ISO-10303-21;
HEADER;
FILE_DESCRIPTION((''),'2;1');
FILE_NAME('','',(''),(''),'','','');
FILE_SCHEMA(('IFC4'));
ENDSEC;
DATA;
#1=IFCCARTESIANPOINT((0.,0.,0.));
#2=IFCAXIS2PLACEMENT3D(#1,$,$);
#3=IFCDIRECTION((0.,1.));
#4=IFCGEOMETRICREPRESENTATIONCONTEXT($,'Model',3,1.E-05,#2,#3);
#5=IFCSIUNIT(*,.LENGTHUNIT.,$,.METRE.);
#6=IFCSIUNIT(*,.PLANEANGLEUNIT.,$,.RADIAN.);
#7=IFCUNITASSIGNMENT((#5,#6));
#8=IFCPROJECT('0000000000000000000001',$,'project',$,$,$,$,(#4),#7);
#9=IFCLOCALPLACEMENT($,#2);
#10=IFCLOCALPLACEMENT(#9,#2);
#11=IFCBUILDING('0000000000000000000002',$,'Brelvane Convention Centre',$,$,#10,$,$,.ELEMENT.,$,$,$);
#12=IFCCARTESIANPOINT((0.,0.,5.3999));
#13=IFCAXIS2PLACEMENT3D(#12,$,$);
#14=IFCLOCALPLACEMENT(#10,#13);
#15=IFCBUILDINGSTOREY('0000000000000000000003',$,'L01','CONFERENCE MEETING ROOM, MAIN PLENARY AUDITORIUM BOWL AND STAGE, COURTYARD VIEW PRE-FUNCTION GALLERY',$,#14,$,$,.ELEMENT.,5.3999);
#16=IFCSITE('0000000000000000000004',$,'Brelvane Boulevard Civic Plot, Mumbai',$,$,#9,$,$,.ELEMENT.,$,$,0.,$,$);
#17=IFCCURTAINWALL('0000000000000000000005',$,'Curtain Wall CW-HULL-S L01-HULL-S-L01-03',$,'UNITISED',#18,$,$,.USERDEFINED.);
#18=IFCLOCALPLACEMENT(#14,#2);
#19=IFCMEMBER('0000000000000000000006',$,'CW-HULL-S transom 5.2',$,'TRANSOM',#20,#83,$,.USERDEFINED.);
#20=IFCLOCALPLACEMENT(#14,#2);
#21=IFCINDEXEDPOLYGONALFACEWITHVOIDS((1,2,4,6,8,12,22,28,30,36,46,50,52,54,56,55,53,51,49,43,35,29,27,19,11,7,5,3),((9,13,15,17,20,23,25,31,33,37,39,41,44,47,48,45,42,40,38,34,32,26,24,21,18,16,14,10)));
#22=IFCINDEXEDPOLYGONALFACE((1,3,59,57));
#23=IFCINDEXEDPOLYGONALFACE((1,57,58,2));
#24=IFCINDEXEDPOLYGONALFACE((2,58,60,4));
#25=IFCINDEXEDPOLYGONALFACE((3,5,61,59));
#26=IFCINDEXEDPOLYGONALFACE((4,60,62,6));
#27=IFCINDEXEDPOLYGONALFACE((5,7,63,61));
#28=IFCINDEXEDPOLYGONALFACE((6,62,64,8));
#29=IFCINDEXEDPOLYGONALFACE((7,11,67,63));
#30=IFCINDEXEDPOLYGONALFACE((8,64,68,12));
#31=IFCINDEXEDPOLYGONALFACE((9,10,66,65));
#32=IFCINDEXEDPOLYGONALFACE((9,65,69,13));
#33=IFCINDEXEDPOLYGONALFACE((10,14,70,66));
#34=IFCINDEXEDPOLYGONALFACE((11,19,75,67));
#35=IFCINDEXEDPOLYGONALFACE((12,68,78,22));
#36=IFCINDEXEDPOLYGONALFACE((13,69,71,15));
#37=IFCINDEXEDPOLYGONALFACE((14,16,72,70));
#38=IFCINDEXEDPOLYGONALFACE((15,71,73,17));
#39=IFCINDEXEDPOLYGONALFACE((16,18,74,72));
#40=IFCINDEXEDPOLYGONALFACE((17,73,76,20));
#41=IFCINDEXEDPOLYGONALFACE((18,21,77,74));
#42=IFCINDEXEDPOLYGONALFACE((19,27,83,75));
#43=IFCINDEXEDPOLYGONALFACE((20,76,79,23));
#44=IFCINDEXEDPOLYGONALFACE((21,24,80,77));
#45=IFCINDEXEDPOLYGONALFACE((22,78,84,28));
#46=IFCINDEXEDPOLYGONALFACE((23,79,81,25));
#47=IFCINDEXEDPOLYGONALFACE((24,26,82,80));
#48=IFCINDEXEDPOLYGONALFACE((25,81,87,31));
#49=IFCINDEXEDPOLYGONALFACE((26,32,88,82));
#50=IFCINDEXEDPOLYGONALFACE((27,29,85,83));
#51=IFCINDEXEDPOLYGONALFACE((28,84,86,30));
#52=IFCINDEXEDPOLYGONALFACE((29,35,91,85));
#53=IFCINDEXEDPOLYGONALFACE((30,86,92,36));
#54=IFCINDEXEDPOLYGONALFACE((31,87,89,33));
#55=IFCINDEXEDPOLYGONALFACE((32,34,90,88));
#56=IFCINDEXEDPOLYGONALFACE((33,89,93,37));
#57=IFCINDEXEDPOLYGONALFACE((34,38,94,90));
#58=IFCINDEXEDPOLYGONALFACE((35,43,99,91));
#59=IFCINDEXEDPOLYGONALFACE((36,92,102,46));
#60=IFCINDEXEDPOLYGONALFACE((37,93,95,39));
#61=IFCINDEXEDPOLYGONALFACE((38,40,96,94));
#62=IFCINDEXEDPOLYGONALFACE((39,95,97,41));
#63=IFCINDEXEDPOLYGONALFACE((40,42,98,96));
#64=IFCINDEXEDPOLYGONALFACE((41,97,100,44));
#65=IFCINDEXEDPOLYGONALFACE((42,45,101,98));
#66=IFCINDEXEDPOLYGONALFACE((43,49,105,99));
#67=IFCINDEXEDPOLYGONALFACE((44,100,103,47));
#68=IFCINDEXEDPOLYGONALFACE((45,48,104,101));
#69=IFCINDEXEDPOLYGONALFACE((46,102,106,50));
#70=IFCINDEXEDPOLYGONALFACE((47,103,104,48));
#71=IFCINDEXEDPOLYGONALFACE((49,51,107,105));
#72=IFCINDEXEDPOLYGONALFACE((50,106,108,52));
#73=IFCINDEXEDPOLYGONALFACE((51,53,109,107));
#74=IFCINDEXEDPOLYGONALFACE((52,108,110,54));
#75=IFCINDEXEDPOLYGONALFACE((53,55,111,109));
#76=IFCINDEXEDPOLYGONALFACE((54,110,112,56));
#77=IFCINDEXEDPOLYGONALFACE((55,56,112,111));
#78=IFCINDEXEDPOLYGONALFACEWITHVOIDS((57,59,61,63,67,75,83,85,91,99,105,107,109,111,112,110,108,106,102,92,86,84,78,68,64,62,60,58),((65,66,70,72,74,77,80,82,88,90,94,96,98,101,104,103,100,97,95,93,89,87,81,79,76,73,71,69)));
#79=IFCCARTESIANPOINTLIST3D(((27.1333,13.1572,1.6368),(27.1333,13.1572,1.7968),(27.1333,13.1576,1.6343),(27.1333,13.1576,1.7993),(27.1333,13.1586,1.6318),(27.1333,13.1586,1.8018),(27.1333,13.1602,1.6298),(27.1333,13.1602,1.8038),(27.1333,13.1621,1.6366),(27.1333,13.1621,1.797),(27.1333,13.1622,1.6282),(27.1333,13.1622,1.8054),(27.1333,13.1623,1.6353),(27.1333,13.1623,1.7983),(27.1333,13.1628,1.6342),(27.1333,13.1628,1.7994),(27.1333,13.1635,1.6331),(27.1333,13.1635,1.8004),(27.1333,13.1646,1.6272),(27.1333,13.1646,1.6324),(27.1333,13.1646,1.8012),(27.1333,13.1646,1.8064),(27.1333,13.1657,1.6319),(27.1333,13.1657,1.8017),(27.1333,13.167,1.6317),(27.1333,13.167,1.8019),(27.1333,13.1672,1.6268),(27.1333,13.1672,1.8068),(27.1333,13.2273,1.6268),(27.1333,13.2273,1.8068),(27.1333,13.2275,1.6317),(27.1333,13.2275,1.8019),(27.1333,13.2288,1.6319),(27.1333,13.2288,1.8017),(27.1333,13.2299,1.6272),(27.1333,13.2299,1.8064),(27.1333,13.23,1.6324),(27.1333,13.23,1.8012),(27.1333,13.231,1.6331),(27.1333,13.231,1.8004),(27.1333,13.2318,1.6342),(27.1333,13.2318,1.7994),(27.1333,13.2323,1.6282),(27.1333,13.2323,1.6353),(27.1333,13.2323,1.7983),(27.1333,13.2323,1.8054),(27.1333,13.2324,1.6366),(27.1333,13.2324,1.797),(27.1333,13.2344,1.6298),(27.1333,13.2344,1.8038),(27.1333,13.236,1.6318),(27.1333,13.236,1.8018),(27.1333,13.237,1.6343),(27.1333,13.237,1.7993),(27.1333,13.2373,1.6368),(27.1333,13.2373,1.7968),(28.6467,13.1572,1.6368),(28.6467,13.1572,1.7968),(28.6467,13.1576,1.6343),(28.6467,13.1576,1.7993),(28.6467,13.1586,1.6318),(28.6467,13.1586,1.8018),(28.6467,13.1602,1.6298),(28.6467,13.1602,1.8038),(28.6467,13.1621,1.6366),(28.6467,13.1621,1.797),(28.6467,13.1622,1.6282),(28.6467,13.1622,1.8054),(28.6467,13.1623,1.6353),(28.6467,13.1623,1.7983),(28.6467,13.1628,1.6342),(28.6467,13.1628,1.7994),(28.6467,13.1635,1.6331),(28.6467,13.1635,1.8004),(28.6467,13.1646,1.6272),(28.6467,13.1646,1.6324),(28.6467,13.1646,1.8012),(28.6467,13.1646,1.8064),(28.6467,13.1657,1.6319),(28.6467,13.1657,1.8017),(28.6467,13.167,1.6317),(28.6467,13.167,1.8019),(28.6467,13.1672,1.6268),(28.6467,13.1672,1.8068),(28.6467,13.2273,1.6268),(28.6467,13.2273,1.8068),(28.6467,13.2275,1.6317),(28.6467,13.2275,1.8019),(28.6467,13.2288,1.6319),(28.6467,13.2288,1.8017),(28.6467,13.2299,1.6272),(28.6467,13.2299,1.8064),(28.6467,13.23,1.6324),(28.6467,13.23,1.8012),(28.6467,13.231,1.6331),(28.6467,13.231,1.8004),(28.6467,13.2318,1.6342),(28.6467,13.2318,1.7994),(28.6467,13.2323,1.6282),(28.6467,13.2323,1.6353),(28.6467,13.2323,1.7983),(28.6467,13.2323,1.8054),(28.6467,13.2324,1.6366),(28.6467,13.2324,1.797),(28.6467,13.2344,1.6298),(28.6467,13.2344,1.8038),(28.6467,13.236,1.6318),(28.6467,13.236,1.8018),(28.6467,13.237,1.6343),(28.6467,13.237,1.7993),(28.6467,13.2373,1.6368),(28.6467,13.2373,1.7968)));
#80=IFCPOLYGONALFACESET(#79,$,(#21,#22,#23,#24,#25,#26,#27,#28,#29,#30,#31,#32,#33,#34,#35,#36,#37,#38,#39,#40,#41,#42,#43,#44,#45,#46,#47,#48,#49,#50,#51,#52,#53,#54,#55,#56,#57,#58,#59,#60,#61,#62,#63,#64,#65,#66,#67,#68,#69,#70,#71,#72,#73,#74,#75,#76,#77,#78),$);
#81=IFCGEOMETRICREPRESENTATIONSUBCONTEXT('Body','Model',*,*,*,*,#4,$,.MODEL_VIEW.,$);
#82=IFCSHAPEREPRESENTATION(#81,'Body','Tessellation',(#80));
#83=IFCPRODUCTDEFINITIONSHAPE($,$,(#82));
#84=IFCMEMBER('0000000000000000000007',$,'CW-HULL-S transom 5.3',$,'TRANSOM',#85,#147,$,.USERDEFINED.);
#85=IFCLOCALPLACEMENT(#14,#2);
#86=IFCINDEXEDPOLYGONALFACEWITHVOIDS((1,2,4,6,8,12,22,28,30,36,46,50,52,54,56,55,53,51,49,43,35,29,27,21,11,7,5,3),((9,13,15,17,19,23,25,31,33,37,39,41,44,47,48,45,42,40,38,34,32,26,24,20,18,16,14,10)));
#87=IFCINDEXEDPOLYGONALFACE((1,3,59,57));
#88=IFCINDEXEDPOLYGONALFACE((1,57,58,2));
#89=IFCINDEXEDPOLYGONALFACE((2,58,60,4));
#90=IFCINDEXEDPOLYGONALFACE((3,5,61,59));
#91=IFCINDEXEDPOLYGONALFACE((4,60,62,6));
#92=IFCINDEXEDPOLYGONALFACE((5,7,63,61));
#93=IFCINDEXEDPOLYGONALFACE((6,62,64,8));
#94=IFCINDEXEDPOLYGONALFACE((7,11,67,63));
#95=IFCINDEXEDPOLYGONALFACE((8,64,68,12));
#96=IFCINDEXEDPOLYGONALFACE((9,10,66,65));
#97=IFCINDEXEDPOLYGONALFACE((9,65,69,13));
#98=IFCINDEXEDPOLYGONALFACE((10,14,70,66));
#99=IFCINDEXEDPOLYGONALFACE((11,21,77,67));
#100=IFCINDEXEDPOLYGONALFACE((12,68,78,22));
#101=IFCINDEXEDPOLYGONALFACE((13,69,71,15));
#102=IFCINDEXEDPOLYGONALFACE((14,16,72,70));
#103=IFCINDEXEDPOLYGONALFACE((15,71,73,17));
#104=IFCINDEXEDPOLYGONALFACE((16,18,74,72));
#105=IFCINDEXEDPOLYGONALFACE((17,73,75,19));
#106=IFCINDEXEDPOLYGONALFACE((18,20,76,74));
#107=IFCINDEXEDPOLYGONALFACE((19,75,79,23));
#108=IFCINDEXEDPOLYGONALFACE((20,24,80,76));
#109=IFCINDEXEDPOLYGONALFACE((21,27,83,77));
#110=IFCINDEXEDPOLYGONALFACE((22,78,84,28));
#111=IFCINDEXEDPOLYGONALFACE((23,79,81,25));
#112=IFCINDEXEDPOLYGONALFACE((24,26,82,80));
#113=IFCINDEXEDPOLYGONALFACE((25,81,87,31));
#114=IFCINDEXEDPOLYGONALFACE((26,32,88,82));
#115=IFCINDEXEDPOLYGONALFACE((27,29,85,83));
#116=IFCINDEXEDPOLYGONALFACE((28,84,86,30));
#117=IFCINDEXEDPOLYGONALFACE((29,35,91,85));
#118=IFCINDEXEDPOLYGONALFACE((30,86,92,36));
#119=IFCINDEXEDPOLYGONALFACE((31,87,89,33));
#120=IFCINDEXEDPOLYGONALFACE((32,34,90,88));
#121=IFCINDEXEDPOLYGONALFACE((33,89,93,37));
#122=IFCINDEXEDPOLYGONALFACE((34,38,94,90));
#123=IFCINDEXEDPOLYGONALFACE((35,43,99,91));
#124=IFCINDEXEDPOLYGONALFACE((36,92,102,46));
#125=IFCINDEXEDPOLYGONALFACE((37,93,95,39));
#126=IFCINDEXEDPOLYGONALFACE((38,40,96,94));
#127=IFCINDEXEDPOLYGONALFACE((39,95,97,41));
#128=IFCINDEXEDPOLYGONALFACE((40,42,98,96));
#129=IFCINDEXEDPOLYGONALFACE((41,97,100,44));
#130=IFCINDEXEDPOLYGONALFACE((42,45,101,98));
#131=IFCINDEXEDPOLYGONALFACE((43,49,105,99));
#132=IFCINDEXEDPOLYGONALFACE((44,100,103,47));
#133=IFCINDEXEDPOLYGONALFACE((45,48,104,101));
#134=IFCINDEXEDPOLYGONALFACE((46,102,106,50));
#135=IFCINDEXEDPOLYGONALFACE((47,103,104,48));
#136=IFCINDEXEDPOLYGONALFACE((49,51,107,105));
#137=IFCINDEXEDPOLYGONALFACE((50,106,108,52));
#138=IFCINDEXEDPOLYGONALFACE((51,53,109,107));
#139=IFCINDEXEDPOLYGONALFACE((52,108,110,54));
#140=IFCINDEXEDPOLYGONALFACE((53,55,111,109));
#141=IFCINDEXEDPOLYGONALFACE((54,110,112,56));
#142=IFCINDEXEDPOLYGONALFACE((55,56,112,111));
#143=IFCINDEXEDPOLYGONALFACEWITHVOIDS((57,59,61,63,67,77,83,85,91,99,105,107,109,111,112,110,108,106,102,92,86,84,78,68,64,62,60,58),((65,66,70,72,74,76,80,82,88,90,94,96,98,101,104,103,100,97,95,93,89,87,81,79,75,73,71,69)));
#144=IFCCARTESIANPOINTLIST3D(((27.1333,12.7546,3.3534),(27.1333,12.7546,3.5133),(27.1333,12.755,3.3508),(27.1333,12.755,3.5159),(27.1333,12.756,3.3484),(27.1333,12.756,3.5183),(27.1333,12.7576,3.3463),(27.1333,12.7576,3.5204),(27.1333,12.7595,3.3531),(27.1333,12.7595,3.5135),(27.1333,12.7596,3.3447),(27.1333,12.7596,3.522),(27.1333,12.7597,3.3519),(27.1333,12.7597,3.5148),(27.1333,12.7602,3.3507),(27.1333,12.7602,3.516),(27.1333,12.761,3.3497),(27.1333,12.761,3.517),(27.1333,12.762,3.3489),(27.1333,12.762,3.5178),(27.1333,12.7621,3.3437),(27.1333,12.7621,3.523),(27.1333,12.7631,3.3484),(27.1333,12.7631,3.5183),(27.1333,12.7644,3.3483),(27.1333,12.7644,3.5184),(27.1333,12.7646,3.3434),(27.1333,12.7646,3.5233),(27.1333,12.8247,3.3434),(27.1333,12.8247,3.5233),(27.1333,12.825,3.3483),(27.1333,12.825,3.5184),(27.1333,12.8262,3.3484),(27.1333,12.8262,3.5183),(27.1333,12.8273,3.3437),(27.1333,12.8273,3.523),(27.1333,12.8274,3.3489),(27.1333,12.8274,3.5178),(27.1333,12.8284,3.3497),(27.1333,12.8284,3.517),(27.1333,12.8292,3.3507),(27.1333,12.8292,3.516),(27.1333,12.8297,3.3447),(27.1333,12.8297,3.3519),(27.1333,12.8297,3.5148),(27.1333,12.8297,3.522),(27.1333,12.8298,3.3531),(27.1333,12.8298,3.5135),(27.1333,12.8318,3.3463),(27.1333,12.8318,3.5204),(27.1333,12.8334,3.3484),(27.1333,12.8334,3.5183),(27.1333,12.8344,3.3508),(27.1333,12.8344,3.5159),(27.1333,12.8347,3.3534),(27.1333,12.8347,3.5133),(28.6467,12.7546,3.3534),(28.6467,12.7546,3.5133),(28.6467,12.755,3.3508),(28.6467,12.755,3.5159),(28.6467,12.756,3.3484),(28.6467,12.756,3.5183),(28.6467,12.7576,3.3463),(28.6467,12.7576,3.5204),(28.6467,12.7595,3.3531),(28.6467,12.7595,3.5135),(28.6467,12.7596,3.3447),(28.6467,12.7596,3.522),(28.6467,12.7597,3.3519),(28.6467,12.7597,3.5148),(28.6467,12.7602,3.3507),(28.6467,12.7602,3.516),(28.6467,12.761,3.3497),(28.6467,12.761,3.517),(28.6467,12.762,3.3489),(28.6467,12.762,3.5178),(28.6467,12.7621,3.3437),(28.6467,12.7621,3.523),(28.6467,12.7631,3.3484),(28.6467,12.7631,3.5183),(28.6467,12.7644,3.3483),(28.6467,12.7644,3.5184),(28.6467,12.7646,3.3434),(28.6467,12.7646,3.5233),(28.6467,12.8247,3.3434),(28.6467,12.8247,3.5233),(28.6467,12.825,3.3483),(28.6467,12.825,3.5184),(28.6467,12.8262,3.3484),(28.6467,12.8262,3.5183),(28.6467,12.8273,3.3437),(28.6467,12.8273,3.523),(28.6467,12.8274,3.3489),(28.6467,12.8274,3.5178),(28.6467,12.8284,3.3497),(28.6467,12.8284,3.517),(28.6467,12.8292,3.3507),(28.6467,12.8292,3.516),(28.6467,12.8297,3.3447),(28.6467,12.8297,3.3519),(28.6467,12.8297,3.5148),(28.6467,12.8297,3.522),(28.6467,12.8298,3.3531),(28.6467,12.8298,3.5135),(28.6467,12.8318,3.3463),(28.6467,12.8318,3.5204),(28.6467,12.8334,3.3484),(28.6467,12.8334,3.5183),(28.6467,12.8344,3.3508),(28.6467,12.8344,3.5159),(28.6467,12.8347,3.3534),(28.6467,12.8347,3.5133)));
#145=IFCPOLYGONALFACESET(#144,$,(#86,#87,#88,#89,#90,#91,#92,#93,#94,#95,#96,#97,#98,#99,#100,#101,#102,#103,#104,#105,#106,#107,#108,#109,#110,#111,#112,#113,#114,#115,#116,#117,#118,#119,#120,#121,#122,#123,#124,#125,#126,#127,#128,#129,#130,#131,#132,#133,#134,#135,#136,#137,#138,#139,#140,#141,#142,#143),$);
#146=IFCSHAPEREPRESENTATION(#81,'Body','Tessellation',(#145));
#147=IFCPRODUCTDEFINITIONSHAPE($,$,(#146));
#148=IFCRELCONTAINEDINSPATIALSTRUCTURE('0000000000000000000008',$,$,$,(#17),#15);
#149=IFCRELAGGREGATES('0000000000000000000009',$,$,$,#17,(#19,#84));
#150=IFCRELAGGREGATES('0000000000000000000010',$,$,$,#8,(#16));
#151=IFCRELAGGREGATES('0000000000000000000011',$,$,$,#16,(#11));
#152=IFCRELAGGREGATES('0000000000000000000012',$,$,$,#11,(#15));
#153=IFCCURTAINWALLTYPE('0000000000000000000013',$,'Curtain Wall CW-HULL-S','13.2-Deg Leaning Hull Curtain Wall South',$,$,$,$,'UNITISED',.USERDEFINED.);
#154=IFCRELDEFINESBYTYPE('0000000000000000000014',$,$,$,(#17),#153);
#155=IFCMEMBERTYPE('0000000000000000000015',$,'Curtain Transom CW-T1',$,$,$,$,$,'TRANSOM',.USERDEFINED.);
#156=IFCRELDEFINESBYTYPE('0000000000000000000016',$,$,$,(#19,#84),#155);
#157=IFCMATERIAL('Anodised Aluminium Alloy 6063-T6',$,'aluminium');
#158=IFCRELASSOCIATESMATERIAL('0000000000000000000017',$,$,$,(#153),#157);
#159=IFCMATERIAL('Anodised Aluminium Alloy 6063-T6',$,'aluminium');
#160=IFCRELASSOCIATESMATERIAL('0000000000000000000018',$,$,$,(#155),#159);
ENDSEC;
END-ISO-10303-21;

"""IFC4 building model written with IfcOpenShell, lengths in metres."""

from ifc_helpers import new_model, si_unit, direction, frame, origin, origin_2d, place, context, subcontext, project, spatial, hollow_rectangle, extrude, material, material_profile, profile_set, type_object, element, aggregate, save


model = new_model("IFC4")

# Units and contexts
model_context = context("Model", 3, precision=1e-05, world=origin(), true_north=direction((0.0, 1.0)))
body_context = subcontext(model_context, "Body", "Model", "MODEL_VIEW")
ifc_project = project(units=[si_unit("LENGTHUNIT", "METRE"), si_unit("PLANEANGLEUNIT", "RADIAN")], contexts=[model_context])

# Site, building, storey
site_placement = place(None, origin())
site = spatial("IfcSite", under=ifc_project, at=site_placement, Name="Brelvane Boulevard Civic Plot, Mumbai", CompositionType="ELEMENT", RefElevation=0.0)
building_placement = place(site_placement, origin())
building = spatial("IfcBuilding", under=site, at=building_placement, Name="Brelvane Convention Centre", CompositionType="ELEMENT")
storey_placement = place(building_placement, frame((0.0, 0.0, 5.3999)))
storey = spatial("IfcBuildingStorey", under=building, at=storey_placement, Name="L01", Description="CONFERENCE MEETING ROOM, MAIN PLENARY AUDITORIUM BOWL AND STAGE, COURTYARD VIEW PRE-FUNCTION GALLERY", CompositionType="ELEMENT", Elevation=5.3999)

# Curtain wall, members
ifc_material_1 = material(Name="Anodised Aluminium Alloy 6063-T6", Category="aluminium")
curtain_wall_type = type_object("IfcCurtainWallType", Name="Curtain Wall CW-HULL-S", Description="13.2-Deg Leaning Hull Curtain Wall South", ElementType="UNITISED", PredefinedType="USERDEFINED", material=ifc_material_1)
curtain_wall_1_placement = place(storey_placement, origin())
curtain_wall_1 = element("IfcCurtainWall", 1, at=curtain_wall_1_placement, inside=storey, type_object=curtain_wall_type, Name="Curtain Wall CW-HULL-S L01-HULL-S-L01-03", ObjectType="UNITISED", PredefinedType="USERDEFINED")
ifc_material_2 = material(Name="Anodised Aluminium Alloy 6063-T6", Category="aluminium")
ifc_material_profile = material_profile(ifc_material_2, hollow_rectangle(XDim=0.0801, YDim=0.1799, WallThickness=0.0049, InnerFilletRadius=0.0049, OuterFilletRadius=0.01, at=origin_2d()), Name="ALU-T 180x80x5.0")
ifc_profile_set = profile_set([ifc_material_profile], Name="Anodised Aluminium Alloy 6063-T6")
member_type = type_object("IfcMemberType", Name="Curtain Transom CW-T1", ElementType="TRANSOM", PredefinedType="USERDEFINED", material=ifc_profile_set)
member_1_placement = place(storey_placement, frame((27.1333, 13.1973, 1.7168), z_axis=(1.0, 0.0, 0.0), x_axis=(0.0, 1.0, 0.0)))
member_1 = element("IfcMember", 2, at=member_1_placement, type_object=member_type, Name="CW-HULL-S transom 5.2", ObjectType="TRANSOM", PredefinedType="USERDEFINED", context=body_context, shape_type="SweptSolid", body=[
    extrude(hollow_rectangle(XDim=0.0801, YDim=0.1799, WallThickness=0.0049, InnerFilletRadius=0.0049, OuterFilletRadius=0.01, at=origin_2d()), origin(), (0.0, 0.0, 1.0), 1.5134),
])
member_2_placement = place(storey_placement, frame((27.1333, 12.7947, 3.4333), z_axis=(1.0, 0.0, 0.0), x_axis=(0.0, 1.0, 0.0)))
member_2 = element("IfcMember", 3, at=member_2_placement, type_object=member_type, Name="CW-HULL-S transom 5.3", ObjectType="TRANSOM", PredefinedType="USERDEFINED", context=body_context, shape_type="SweptSolid", body=[
    extrude(hollow_rectangle(XDim=0.0801, YDim=0.1799, WallThickness=0.0049, InnerFilletRadius=0.0049, OuterFilletRadius=0.01, at=origin_2d()), origin(), (0.0, 0.0, 1.0), 1.5134),
])

aggregate(curtain_wall_1, [member_1, member_2])

save(model, "model.ifc")
